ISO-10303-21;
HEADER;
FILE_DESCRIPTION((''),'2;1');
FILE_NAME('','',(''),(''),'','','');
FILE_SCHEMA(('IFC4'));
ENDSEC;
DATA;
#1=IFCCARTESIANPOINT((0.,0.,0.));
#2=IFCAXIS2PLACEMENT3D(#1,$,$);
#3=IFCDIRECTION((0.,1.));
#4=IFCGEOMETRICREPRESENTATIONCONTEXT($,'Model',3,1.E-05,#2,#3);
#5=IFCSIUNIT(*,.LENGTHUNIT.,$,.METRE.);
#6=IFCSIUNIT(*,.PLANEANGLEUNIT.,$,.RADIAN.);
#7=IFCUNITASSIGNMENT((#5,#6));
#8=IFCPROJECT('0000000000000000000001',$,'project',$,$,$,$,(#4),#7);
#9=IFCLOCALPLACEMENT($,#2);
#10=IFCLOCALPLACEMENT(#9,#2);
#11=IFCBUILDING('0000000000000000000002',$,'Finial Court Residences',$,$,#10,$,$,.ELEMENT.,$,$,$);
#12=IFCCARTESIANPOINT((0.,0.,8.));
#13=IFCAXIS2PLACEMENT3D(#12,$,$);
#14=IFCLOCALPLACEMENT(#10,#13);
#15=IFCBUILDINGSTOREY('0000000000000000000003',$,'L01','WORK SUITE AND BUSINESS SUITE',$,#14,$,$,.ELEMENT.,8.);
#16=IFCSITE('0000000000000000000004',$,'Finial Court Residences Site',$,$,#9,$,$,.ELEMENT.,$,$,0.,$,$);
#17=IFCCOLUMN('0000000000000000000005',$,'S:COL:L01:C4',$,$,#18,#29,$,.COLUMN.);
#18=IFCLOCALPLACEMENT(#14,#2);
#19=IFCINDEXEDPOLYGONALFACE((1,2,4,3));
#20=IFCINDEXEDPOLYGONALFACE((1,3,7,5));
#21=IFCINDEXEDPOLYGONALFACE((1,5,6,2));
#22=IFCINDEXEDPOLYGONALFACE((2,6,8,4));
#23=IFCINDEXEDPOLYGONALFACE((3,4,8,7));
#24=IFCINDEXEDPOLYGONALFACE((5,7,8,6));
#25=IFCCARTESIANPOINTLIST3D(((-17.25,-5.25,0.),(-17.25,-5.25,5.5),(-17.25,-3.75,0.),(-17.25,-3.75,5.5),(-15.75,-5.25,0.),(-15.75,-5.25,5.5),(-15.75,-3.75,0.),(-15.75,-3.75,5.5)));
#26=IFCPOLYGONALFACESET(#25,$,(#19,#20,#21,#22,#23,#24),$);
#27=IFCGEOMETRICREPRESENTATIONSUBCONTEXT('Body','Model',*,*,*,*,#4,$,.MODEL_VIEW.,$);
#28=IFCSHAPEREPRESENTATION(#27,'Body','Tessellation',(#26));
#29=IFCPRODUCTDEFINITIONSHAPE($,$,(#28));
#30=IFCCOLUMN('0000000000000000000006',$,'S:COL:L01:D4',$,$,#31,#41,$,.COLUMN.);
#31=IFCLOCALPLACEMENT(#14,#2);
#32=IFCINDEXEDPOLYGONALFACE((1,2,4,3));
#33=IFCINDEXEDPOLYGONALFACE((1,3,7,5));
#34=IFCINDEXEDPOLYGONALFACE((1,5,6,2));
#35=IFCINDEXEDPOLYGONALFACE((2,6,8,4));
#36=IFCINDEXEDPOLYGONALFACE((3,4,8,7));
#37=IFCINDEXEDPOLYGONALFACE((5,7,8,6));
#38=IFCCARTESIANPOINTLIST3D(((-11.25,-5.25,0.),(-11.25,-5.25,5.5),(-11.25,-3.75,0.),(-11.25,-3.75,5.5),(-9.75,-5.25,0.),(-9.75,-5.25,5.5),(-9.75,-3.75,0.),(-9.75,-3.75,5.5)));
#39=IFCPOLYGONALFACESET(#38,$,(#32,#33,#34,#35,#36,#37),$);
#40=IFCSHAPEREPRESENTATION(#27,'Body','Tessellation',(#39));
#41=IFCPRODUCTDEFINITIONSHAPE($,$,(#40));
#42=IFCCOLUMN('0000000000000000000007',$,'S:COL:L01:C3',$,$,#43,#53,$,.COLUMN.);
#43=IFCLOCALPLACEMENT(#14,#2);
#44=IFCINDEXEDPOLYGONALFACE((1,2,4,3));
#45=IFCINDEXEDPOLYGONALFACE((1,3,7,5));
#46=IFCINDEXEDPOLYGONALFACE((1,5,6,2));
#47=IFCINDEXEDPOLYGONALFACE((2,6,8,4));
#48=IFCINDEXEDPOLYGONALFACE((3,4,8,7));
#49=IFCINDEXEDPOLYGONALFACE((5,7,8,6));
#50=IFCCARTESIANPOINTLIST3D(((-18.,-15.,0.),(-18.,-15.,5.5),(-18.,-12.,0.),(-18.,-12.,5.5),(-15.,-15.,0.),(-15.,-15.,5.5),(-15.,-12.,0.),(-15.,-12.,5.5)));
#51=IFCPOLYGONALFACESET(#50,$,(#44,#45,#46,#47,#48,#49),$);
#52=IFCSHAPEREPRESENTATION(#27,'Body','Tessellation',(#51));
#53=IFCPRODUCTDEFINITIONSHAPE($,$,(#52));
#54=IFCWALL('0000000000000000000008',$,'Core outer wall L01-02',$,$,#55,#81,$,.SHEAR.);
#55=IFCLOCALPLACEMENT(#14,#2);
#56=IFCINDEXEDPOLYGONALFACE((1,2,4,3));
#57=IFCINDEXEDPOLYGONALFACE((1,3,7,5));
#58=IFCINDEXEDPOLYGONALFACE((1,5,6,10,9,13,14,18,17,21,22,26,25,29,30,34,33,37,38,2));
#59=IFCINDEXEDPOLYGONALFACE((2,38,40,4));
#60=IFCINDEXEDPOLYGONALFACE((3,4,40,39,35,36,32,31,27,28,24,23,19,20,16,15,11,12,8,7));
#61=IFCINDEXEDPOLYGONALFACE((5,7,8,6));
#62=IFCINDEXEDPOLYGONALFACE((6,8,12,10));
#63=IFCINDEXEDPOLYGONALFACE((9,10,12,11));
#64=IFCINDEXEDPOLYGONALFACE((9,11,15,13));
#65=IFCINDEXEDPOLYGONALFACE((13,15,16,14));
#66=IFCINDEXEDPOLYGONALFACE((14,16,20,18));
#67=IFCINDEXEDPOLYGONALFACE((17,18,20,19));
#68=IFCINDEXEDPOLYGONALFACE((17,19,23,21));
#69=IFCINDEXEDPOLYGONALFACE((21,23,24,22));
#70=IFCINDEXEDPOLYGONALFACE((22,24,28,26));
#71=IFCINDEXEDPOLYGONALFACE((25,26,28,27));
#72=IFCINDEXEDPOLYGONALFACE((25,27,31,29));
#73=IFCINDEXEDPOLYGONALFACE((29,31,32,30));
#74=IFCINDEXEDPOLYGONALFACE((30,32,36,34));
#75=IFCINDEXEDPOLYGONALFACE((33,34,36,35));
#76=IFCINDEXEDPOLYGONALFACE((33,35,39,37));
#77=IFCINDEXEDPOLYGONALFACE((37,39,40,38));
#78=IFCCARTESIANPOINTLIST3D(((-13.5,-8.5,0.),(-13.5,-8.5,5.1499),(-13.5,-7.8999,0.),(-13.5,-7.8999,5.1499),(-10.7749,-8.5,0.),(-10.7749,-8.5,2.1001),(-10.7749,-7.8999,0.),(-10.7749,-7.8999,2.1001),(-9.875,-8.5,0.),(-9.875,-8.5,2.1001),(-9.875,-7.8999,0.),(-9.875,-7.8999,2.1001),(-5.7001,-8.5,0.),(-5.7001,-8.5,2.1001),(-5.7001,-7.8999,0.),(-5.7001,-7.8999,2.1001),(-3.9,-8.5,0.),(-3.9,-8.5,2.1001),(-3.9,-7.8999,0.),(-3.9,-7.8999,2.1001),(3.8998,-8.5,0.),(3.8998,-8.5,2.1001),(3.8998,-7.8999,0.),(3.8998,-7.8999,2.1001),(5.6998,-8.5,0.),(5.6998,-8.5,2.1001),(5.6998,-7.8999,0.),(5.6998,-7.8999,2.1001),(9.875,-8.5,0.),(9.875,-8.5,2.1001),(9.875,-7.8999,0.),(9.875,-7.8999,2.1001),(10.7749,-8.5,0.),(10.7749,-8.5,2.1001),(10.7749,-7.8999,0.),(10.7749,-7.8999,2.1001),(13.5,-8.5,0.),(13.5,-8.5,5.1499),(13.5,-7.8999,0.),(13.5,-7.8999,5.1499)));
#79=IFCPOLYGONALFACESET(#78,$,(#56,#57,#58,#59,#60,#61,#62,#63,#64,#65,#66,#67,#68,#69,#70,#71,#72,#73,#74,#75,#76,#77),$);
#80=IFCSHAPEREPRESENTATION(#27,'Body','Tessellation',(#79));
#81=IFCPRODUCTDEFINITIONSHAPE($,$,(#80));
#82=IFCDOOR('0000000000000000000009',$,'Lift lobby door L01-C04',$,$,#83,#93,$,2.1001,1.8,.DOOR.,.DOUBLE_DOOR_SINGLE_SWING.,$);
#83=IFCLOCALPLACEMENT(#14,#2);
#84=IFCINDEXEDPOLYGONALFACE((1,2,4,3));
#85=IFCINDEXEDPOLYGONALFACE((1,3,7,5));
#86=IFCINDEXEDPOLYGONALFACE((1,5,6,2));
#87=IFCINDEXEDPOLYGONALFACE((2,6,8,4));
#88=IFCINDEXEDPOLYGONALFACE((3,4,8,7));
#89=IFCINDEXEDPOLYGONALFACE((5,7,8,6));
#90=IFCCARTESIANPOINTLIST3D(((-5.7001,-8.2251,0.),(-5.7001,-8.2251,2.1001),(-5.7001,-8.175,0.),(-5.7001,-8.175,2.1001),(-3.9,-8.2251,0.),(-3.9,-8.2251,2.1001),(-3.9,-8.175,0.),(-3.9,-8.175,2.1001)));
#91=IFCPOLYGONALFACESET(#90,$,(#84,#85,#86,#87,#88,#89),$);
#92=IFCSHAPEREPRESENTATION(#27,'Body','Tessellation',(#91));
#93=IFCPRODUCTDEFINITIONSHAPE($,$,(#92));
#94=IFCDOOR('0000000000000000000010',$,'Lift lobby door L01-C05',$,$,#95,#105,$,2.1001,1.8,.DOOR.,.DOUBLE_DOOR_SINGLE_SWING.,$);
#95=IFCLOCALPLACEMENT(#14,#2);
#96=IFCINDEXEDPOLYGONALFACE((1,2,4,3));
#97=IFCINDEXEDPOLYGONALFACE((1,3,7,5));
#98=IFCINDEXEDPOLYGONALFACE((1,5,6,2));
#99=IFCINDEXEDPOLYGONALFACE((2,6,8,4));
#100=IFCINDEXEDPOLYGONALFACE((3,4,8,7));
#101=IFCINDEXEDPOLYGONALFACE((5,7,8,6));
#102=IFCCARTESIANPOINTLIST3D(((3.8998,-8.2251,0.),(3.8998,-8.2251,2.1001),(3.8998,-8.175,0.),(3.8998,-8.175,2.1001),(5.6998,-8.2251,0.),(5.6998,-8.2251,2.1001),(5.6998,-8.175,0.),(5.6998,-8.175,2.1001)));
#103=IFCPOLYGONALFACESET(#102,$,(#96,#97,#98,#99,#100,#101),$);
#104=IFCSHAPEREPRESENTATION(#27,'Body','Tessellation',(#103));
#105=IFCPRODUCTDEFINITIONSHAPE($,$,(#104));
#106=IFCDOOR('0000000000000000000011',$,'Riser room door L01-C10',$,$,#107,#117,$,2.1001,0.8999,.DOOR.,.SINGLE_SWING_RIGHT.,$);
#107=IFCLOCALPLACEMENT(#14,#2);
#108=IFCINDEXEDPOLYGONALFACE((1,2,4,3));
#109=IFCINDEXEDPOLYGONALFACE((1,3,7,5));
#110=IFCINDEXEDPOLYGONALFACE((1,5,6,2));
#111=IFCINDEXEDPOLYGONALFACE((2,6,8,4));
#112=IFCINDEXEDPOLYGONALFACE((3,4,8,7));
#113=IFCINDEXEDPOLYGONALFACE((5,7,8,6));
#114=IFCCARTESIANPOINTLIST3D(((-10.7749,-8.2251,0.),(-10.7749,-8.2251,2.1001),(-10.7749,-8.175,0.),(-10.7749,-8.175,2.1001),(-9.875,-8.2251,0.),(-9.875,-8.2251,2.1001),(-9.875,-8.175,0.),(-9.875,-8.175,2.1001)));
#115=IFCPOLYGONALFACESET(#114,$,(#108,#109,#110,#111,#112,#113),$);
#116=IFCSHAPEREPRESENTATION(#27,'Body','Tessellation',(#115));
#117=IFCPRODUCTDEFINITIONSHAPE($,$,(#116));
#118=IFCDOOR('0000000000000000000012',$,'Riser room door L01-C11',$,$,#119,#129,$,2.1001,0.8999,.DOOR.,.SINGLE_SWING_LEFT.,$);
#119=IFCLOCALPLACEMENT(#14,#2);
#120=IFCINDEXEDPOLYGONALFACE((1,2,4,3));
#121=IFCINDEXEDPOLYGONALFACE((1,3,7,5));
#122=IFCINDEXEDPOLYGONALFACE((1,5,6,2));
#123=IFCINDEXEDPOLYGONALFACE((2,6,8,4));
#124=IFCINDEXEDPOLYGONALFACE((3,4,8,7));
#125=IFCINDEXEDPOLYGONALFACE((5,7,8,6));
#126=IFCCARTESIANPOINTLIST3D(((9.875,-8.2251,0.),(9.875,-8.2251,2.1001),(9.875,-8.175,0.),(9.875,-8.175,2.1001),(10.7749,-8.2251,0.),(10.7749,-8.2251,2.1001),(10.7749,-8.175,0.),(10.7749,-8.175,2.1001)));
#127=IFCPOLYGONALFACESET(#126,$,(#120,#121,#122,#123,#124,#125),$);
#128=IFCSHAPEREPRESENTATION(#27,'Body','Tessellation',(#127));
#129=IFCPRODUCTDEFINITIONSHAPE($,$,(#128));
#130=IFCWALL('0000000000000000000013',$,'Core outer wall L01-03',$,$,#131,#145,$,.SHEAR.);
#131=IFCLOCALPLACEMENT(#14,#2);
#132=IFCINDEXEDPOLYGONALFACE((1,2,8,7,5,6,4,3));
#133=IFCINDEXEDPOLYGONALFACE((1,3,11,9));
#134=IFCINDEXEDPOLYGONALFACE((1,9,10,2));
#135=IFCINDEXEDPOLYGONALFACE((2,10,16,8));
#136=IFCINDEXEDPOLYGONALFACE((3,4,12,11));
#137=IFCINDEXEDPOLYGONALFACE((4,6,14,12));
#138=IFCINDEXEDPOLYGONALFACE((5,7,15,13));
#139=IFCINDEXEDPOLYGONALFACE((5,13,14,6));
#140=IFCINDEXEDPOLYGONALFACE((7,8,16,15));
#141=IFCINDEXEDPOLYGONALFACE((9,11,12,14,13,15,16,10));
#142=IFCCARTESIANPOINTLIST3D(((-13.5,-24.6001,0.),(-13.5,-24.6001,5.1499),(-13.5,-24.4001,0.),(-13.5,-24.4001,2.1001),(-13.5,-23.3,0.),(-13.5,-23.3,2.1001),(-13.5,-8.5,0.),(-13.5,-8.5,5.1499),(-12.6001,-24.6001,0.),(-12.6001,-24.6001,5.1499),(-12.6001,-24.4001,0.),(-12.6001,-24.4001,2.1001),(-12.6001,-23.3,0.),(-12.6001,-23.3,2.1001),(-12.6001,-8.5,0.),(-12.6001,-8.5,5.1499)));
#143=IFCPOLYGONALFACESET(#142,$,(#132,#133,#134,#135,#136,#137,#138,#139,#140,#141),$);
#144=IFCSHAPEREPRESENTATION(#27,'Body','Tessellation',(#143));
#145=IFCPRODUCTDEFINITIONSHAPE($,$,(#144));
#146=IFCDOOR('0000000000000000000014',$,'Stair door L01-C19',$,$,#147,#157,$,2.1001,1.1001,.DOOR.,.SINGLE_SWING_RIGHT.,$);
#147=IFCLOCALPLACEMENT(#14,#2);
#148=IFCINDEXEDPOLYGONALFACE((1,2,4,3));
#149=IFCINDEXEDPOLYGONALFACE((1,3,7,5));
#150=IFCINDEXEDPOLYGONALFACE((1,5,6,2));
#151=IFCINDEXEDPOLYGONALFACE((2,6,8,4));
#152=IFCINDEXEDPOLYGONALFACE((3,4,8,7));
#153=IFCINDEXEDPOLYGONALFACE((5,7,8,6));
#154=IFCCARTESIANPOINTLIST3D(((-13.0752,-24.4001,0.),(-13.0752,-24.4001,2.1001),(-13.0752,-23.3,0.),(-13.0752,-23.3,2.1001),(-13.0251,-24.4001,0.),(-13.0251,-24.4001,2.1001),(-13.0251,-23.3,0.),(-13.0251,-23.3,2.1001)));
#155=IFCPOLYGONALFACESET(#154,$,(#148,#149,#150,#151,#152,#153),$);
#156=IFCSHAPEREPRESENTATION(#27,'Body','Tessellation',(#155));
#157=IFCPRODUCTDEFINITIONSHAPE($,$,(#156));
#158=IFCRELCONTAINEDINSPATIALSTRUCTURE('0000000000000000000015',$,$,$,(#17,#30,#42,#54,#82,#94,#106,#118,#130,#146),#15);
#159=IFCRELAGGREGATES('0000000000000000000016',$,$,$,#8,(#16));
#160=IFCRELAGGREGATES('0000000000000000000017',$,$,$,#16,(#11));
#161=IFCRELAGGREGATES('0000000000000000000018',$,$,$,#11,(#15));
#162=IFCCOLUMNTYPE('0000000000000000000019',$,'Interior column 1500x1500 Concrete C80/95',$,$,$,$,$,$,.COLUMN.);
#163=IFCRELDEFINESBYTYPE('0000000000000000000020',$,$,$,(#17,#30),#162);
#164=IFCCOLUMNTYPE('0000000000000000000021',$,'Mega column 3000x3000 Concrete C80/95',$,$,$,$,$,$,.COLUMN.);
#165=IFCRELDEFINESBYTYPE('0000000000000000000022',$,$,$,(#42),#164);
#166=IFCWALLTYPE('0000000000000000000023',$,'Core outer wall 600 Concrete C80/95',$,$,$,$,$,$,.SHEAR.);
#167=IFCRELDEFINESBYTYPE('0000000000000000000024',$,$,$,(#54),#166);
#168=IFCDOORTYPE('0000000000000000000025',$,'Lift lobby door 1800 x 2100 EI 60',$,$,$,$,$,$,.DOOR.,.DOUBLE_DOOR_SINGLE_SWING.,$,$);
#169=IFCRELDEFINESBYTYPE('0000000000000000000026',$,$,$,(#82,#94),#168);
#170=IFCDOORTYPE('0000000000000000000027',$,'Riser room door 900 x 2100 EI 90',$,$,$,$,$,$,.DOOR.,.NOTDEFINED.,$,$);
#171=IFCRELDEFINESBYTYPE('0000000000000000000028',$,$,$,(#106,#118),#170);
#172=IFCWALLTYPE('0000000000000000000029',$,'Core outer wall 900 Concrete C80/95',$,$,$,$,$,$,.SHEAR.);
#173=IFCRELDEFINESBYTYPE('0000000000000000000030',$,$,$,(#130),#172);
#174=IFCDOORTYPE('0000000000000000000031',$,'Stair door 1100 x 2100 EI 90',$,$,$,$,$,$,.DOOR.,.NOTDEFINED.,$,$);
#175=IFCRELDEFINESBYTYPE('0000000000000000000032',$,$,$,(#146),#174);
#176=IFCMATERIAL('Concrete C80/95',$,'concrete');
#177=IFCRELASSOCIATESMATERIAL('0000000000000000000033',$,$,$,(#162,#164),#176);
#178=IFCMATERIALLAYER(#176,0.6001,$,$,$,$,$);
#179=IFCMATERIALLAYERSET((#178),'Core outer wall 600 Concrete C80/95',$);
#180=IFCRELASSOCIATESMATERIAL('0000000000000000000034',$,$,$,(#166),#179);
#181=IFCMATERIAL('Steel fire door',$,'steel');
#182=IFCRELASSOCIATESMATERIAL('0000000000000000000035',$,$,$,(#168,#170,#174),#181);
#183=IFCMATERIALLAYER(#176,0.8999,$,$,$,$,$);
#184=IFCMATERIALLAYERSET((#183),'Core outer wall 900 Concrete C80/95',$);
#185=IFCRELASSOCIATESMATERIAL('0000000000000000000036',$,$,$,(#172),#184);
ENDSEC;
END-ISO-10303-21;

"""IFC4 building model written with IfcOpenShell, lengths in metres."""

from ifc_helpers import new_model, si_unit, direction, frame, frame_2d, origin, origin_2d, place, context, subcontext, project, spatial, rectangle, extrude, material, layer, layer_set, material_profile, profile_set, type_object, element, fill, save


model = new_model("IFC4")

# Units and contexts
model_context = context("Model", 3, precision=1e-05, world=origin(), true_north=direction((0.0, 1.0)))
body_context = subcontext(model_context, "Body", "Model", "MODEL_VIEW")
ifc_project = project(units=[si_unit("LENGTHUNIT", "METRE"), si_unit("PLANEANGLEUNIT", "RADIAN")], contexts=[model_context])

# Site, building, storey
site_placement = place(None, origin())
site = spatial("IfcSite", under=ifc_project, at=site_placement, Name="Finial Court Residences Site", CompositionType="ELEMENT", RefElevation=0.0)
building_placement = place(site_placement, origin())
building = spatial("IfcBuilding", under=site, at=building_placement, Name="Finial Court Residences", CompositionType="ELEMENT")
storey_placement = place(building_placement, frame((0.0, 0.0, 8.0)))
storey = spatial("IfcBuildingStorey", under=building, at=storey_placement, Name="L01", Description="WORK SUITE AND BUSINESS SUITE", CompositionType="ELEMENT", Elevation=8.0)

# Columns
ifc_material_1 = material(Name="Concrete C80/95", Category="concrete")
ifc_material_profile_1 = material_profile(ifc_material_1, rectangle(XDim=1.5, YDim=1.5, at=origin_2d()), Name="1500x1500")
ifc_profile_set_1 = profile_set([ifc_material_profile_1], Name="Concrete C80/95")
column_type_1 = type_object("IfcColumnType", Name="Interior column 1500x1500 Concrete C80/95", PredefinedType="COLUMN", material=ifc_profile_set_1)
for number, where, z_axis, x_axis, name in (
    (1, (-16.5, -4.5, 0.0), (0.0, 0.0, 1.0), (1.0, 0.0, 0.0), "S:COL:L01:C4"),
    (2, (-10.5, -4.5, 0.0), (0.0, 0.0, 1.0), (1.0, 0.0, 0.0), "S:COL:L01:D4"),
):
    element("IfcColumn", number, at=place(storey_placement, frame(where, z_axis=z_axis, x_axis=x_axis)), inside=storey, type_object=column_type_1, Name=name, PredefinedType="COLUMN", context=body_context, shape_type="SweptSolid", body=[
        extrude(rectangle(XDim=1.5, YDim=1.5, at=origin_2d()), origin(), (0.0, 0.0, 1.0), 5.5),
    ])
ifc_material_profile_2 = material_profile(ifc_material_1, rectangle(XDim=3.0, YDim=3.0, at=origin_2d()), Name="3000x3000")
ifc_profile_set_2 = profile_set([ifc_material_profile_2], Name="Concrete C80/95")
column_type_2 = type_object("IfcColumnType", Name="Mega column 3000x3000 Concrete C80/95", PredefinedType="COLUMN", material=ifc_profile_set_2)
column_placement = place(storey_placement, frame((-16.5, -13.5, 0.0), z_axis=(0.0, 0.0, 1.0), x_axis=(1.0, 0.0, 0.0)))
element("IfcColumn", 3, at=column_placement, inside=storey, type_object=column_type_2, Name="S:COL:L01:C3", PredefinedType="COLUMN", context=body_context, shape_type="SweptSolid", body=[
    extrude(rectangle(XDim=3.0, YDim=3.0, at=origin_2d()), origin(), (0.0, 0.0, 1.0), 5.5),
])

# Wall, openings, doors
ifc_layer_1 = layer(ifc_material_1, 0.6001)
ifc_layer_set_1 = layer_set([ifc_layer_1], Name="Core outer wall 600 Concrete C80/95")
wall_type_1 = type_object("IfcWallType", Name="Core outer wall 600 Concrete C80/95", PredefinedType="SHEAR", material=ifc_layer_set_1)
wall_1_placement = place(storey_placement, frame((-13.5, -8.2, 0.0), z_axis=(0.0, 0.0, 1.0), x_axis=(1.0, 0.0, 0.0)))
wall_1 = element("IfcWall", 4, at=wall_1_placement, inside=storey, type_object=wall_type_1, Name="Core outer wall L01-02", PredefinedType="SHEAR", context=body_context, shape_type="SweptSolid", body=[
    extrude(rectangle(XDim=27.0, YDim=0.6001, at=frame_2d((13.5, 0.0))), origin(), (0.0, 0.0, 1.0), 5.1499),
])
opening_1_placement = place(wall_1_placement, frame((7.8, 0.0, 0.0)))
opening_1 = element("IfcOpeningElement", 5, at=opening_1_placement, cuts=wall_1, PredefinedType="OPENING", context=body_context, shape_type="SweptSolid", body=[
    extrude(rectangle(XDim=1.8, YDim=2.1001, at=frame_2d((0.8999, 1.05))), frame((0.0, 0.3101, 0.0), z_axis=(0.0, -1.0, 0.0), x_axis=(1.0, 0.0, 0.0)), (0.0, 0.0, 1.0), 0.6201),
])
opening_2_placement = place(wall_1_placement, frame((17.3999, 0.0, 0.0)))
opening_2 = element("IfcOpeningElement", 6, at=opening_2_placement, cuts=wall_1, PredefinedType="OPENING", context=body_context, shape_type="SweptSolid", body=[
    extrude(rectangle(XDim=1.8, YDim=2.1001, at=frame_2d((0.8999, 1.05))), frame((0.0, 0.3101, 0.0), z_axis=(0.0, -1.0, 0.0), x_axis=(1.0, 0.0, 0.0)), (0.0, 0.0, 1.0), 0.6201),
])
opening_3_placement = place(wall_1_placement, frame((2.7251, 0.0, 0.0)))
opening_3 = element("IfcOpeningElement", 7, at=opening_3_placement, cuts=wall_1, PredefinedType="OPENING", context=body_context, shape_type="SweptSolid", body=[
    extrude(rectangle(XDim=0.8999, YDim=2.1001, at=frame_2d((0.45, 1.05))), frame((0.0, 0.3101, 0.0), z_axis=(0.0, -1.0, 0.0), x_axis=(1.0, 0.0, 0.0)), (0.0, 0.0, 1.0), 0.6201),
])
opening_4_placement = place(wall_1_placement, frame((23.375, 0.0, 0.0)))
opening_4 = element("IfcOpeningElement", 8, at=opening_4_placement, cuts=wall_1, PredefinedType="OPENING", context=body_context, shape_type="SweptSolid", body=[
    extrude(rectangle(XDim=0.8999, YDim=2.1001, at=frame_2d((0.45, 1.05))), frame((0.0, 0.3101, 0.0), z_axis=(0.0, -1.0, 0.0), x_axis=(1.0, 0.0, 0.0)), (0.0, 0.0, 1.0), 0.6201),
])
ifc_material_2 = material(Name="Steel fire door", Category="steel")
door_type_1 = type_object("IfcDoorType", Name="Lift lobby door 1800 x 2100 EI 60", OperationType="DOUBLE_DOOR_SINGLE_SWING", PredefinedType="DOOR", material=ifc_material_2)
door_1_placement = place(opening_1_placement, origin())
door_1 = element("IfcDoor", 9, at=door_1_placement, inside=storey, type_object=door_type_1, Name="Lift lobby door L01-C04", OperationType="DOUBLE_DOOR_SINGLE_SWING", OverallHeight=2.1001, OverallWidth=1.8, PredefinedType="DOOR", context=body_context, shape_type="SweptSolid", body=[
    extrude(rectangle(XDim=1.8, YDim=2.1001, at=frame_2d((0.8999, 1.05))), frame((0.0, 0.0249, 0.0), z_axis=(0.0, -1.0, 0.0), x_axis=(1.0, 0.0, 0.0)), (0.0, 0.0, 1.0), 0.05),
])
fill(opening_1, door_1)
door_2_placement = place(opening_2_placement, origin())
door_2 = element("IfcDoor", 10, at=door_2_placement, inside=storey, type_object=door_type_1, Name="Lift lobby door L01-C05", OperationType="DOUBLE_DOOR_SINGLE_SWING", OverallHeight=2.1001, OverallWidth=1.8, PredefinedType="DOOR", context=body_context, shape_type="SweptSolid", body=[
    extrude(rectangle(XDim=1.8, YDim=2.1001, at=frame_2d((0.8999, 1.05))), frame((0.0, 0.0249, 0.0), z_axis=(0.0, -1.0, 0.0), x_axis=(1.0, 0.0, 0.0)), (0.0, 0.0, 1.0), 0.05),
])
fill(opening_2, door_2)
door_type_2 = type_object("IfcDoorType", Name="Riser room door 900 x 2100 EI 90", OperationType="NOTDEFINED", PredefinedType="DOOR", material=ifc_material_2)
door_3_placement = place(opening_3_placement, origin())
door_3 = element("IfcDoor", 11, at=door_3_placement, inside=storey, type_object=door_type_2, Name="Riser room door L01-C10", OperationType="SINGLE_SWING_RIGHT", OverallHeight=2.1001, OverallWidth=0.8999, PredefinedType="DOOR", context=body_context, shape_type="SweptSolid", body=[
    extrude(rectangle(XDim=0.8999, YDim=2.1001, at=frame_2d((0.45, 1.05))), frame((0.0, 0.0249, 0.0), z_axis=(0.0, -1.0, 0.0), x_axis=(1.0, 0.0, 0.0)), (0.0, 0.0, 1.0), 0.05),
])
fill(opening_3, door_3)
door_4_placement = place(opening_4_placement, origin())
door_4 = element("IfcDoor", 12, at=door_4_placement, inside=storey, type_object=door_type_2, Name="Riser room door L01-C11", OperationType="SINGLE_SWING_LEFT", OverallHeight=2.1001, OverallWidth=0.8999, PredefinedType="DOOR", context=body_context, shape_type="SweptSolid", body=[
    extrude(rectangle(XDim=0.8999, YDim=2.1001, at=frame_2d((0.45, 1.05))), frame((0.0, 0.0249, 0.0), z_axis=(0.0, -1.0, 0.0), x_axis=(1.0, 0.0, 0.0)), (0.0, 0.0, 1.0), 0.05),
])
fill(opening_4, door_4)

# Wall, opening, door
ifc_layer_2 = layer(ifc_material_1, 0.8999)
ifc_layer_set_2 = layer_set([ifc_layer_2], Name="Core outer wall 900 Concrete C80/95")
wall_type_2 = type_object("IfcWallType", Name="Core outer wall 900 Concrete C80/95", PredefinedType="SHEAR", material=ifc_layer_set_2)
wall_2_placement = place(storey_placement, frame((-13.05, -8.5, 0.0), z_axis=(0.0, 0.0, 1.0), x_axis=(0.0, -1.0, 0.0)))
wall_2 = element("IfcWall", 13, at=wall_2_placement, inside=storey, type_object=wall_type_2, Name="Core outer wall L01-03", PredefinedType="SHEAR", context=body_context, shape_type="SweptSolid", body=[
    extrude(rectangle(XDim=16.1001, YDim=0.8999, at=frame_2d((8.05, 0.0))), origin(), (0.0, 0.0, 1.0), 5.1499),
])
opening_5_placement = place(wall_2_placement, frame((14.8, 0.0, 0.0)))
opening_5 = element("IfcOpeningElement", 14, at=opening_5_placement, cuts=wall_2, PredefinedType="OPENING", context=body_context, shape_type="SweptSolid", body=[
    extrude(rectangle(XDim=1.1001, YDim=2.1001, at=frame_2d((0.55, 1.05))), frame((0.0, 0.46, 0.0), z_axis=(0.0, -1.0, 0.0), x_axis=(1.0, 0.0, 0.0)), (0.0, 0.0, 1.0), 0.9199),
])
door_type_3 = type_object("IfcDoorType", Name="Stair door 1100 x 2100 EI 90", OperationType="NOTDEFINED", PredefinedType="DOOR", material=ifc_material_2)
door_5_placement = place(opening_5_placement, origin())
door_5 = element("IfcDoor", 15, at=door_5_placement, inside=storey, type_object=door_type_3, Name="Stair door L01-C19", OperationType="SINGLE_SWING_RIGHT", OverallHeight=2.1001, OverallWidth=1.1001, PredefinedType="DOOR", context=body_context, shape_type="SweptSolid", body=[
    extrude(rectangle(XDim=1.1001, YDim=2.1001, at=frame_2d((0.55, 1.05))), frame((0.0, 0.0249, 0.0), z_axis=(0.0, -1.0, 0.0), x_axis=(1.0, 0.0, 0.0)), (0.0, 0.0, 1.0), 0.05),
])
fill(opening_5, door_5)

save(model, "model.ifc")
